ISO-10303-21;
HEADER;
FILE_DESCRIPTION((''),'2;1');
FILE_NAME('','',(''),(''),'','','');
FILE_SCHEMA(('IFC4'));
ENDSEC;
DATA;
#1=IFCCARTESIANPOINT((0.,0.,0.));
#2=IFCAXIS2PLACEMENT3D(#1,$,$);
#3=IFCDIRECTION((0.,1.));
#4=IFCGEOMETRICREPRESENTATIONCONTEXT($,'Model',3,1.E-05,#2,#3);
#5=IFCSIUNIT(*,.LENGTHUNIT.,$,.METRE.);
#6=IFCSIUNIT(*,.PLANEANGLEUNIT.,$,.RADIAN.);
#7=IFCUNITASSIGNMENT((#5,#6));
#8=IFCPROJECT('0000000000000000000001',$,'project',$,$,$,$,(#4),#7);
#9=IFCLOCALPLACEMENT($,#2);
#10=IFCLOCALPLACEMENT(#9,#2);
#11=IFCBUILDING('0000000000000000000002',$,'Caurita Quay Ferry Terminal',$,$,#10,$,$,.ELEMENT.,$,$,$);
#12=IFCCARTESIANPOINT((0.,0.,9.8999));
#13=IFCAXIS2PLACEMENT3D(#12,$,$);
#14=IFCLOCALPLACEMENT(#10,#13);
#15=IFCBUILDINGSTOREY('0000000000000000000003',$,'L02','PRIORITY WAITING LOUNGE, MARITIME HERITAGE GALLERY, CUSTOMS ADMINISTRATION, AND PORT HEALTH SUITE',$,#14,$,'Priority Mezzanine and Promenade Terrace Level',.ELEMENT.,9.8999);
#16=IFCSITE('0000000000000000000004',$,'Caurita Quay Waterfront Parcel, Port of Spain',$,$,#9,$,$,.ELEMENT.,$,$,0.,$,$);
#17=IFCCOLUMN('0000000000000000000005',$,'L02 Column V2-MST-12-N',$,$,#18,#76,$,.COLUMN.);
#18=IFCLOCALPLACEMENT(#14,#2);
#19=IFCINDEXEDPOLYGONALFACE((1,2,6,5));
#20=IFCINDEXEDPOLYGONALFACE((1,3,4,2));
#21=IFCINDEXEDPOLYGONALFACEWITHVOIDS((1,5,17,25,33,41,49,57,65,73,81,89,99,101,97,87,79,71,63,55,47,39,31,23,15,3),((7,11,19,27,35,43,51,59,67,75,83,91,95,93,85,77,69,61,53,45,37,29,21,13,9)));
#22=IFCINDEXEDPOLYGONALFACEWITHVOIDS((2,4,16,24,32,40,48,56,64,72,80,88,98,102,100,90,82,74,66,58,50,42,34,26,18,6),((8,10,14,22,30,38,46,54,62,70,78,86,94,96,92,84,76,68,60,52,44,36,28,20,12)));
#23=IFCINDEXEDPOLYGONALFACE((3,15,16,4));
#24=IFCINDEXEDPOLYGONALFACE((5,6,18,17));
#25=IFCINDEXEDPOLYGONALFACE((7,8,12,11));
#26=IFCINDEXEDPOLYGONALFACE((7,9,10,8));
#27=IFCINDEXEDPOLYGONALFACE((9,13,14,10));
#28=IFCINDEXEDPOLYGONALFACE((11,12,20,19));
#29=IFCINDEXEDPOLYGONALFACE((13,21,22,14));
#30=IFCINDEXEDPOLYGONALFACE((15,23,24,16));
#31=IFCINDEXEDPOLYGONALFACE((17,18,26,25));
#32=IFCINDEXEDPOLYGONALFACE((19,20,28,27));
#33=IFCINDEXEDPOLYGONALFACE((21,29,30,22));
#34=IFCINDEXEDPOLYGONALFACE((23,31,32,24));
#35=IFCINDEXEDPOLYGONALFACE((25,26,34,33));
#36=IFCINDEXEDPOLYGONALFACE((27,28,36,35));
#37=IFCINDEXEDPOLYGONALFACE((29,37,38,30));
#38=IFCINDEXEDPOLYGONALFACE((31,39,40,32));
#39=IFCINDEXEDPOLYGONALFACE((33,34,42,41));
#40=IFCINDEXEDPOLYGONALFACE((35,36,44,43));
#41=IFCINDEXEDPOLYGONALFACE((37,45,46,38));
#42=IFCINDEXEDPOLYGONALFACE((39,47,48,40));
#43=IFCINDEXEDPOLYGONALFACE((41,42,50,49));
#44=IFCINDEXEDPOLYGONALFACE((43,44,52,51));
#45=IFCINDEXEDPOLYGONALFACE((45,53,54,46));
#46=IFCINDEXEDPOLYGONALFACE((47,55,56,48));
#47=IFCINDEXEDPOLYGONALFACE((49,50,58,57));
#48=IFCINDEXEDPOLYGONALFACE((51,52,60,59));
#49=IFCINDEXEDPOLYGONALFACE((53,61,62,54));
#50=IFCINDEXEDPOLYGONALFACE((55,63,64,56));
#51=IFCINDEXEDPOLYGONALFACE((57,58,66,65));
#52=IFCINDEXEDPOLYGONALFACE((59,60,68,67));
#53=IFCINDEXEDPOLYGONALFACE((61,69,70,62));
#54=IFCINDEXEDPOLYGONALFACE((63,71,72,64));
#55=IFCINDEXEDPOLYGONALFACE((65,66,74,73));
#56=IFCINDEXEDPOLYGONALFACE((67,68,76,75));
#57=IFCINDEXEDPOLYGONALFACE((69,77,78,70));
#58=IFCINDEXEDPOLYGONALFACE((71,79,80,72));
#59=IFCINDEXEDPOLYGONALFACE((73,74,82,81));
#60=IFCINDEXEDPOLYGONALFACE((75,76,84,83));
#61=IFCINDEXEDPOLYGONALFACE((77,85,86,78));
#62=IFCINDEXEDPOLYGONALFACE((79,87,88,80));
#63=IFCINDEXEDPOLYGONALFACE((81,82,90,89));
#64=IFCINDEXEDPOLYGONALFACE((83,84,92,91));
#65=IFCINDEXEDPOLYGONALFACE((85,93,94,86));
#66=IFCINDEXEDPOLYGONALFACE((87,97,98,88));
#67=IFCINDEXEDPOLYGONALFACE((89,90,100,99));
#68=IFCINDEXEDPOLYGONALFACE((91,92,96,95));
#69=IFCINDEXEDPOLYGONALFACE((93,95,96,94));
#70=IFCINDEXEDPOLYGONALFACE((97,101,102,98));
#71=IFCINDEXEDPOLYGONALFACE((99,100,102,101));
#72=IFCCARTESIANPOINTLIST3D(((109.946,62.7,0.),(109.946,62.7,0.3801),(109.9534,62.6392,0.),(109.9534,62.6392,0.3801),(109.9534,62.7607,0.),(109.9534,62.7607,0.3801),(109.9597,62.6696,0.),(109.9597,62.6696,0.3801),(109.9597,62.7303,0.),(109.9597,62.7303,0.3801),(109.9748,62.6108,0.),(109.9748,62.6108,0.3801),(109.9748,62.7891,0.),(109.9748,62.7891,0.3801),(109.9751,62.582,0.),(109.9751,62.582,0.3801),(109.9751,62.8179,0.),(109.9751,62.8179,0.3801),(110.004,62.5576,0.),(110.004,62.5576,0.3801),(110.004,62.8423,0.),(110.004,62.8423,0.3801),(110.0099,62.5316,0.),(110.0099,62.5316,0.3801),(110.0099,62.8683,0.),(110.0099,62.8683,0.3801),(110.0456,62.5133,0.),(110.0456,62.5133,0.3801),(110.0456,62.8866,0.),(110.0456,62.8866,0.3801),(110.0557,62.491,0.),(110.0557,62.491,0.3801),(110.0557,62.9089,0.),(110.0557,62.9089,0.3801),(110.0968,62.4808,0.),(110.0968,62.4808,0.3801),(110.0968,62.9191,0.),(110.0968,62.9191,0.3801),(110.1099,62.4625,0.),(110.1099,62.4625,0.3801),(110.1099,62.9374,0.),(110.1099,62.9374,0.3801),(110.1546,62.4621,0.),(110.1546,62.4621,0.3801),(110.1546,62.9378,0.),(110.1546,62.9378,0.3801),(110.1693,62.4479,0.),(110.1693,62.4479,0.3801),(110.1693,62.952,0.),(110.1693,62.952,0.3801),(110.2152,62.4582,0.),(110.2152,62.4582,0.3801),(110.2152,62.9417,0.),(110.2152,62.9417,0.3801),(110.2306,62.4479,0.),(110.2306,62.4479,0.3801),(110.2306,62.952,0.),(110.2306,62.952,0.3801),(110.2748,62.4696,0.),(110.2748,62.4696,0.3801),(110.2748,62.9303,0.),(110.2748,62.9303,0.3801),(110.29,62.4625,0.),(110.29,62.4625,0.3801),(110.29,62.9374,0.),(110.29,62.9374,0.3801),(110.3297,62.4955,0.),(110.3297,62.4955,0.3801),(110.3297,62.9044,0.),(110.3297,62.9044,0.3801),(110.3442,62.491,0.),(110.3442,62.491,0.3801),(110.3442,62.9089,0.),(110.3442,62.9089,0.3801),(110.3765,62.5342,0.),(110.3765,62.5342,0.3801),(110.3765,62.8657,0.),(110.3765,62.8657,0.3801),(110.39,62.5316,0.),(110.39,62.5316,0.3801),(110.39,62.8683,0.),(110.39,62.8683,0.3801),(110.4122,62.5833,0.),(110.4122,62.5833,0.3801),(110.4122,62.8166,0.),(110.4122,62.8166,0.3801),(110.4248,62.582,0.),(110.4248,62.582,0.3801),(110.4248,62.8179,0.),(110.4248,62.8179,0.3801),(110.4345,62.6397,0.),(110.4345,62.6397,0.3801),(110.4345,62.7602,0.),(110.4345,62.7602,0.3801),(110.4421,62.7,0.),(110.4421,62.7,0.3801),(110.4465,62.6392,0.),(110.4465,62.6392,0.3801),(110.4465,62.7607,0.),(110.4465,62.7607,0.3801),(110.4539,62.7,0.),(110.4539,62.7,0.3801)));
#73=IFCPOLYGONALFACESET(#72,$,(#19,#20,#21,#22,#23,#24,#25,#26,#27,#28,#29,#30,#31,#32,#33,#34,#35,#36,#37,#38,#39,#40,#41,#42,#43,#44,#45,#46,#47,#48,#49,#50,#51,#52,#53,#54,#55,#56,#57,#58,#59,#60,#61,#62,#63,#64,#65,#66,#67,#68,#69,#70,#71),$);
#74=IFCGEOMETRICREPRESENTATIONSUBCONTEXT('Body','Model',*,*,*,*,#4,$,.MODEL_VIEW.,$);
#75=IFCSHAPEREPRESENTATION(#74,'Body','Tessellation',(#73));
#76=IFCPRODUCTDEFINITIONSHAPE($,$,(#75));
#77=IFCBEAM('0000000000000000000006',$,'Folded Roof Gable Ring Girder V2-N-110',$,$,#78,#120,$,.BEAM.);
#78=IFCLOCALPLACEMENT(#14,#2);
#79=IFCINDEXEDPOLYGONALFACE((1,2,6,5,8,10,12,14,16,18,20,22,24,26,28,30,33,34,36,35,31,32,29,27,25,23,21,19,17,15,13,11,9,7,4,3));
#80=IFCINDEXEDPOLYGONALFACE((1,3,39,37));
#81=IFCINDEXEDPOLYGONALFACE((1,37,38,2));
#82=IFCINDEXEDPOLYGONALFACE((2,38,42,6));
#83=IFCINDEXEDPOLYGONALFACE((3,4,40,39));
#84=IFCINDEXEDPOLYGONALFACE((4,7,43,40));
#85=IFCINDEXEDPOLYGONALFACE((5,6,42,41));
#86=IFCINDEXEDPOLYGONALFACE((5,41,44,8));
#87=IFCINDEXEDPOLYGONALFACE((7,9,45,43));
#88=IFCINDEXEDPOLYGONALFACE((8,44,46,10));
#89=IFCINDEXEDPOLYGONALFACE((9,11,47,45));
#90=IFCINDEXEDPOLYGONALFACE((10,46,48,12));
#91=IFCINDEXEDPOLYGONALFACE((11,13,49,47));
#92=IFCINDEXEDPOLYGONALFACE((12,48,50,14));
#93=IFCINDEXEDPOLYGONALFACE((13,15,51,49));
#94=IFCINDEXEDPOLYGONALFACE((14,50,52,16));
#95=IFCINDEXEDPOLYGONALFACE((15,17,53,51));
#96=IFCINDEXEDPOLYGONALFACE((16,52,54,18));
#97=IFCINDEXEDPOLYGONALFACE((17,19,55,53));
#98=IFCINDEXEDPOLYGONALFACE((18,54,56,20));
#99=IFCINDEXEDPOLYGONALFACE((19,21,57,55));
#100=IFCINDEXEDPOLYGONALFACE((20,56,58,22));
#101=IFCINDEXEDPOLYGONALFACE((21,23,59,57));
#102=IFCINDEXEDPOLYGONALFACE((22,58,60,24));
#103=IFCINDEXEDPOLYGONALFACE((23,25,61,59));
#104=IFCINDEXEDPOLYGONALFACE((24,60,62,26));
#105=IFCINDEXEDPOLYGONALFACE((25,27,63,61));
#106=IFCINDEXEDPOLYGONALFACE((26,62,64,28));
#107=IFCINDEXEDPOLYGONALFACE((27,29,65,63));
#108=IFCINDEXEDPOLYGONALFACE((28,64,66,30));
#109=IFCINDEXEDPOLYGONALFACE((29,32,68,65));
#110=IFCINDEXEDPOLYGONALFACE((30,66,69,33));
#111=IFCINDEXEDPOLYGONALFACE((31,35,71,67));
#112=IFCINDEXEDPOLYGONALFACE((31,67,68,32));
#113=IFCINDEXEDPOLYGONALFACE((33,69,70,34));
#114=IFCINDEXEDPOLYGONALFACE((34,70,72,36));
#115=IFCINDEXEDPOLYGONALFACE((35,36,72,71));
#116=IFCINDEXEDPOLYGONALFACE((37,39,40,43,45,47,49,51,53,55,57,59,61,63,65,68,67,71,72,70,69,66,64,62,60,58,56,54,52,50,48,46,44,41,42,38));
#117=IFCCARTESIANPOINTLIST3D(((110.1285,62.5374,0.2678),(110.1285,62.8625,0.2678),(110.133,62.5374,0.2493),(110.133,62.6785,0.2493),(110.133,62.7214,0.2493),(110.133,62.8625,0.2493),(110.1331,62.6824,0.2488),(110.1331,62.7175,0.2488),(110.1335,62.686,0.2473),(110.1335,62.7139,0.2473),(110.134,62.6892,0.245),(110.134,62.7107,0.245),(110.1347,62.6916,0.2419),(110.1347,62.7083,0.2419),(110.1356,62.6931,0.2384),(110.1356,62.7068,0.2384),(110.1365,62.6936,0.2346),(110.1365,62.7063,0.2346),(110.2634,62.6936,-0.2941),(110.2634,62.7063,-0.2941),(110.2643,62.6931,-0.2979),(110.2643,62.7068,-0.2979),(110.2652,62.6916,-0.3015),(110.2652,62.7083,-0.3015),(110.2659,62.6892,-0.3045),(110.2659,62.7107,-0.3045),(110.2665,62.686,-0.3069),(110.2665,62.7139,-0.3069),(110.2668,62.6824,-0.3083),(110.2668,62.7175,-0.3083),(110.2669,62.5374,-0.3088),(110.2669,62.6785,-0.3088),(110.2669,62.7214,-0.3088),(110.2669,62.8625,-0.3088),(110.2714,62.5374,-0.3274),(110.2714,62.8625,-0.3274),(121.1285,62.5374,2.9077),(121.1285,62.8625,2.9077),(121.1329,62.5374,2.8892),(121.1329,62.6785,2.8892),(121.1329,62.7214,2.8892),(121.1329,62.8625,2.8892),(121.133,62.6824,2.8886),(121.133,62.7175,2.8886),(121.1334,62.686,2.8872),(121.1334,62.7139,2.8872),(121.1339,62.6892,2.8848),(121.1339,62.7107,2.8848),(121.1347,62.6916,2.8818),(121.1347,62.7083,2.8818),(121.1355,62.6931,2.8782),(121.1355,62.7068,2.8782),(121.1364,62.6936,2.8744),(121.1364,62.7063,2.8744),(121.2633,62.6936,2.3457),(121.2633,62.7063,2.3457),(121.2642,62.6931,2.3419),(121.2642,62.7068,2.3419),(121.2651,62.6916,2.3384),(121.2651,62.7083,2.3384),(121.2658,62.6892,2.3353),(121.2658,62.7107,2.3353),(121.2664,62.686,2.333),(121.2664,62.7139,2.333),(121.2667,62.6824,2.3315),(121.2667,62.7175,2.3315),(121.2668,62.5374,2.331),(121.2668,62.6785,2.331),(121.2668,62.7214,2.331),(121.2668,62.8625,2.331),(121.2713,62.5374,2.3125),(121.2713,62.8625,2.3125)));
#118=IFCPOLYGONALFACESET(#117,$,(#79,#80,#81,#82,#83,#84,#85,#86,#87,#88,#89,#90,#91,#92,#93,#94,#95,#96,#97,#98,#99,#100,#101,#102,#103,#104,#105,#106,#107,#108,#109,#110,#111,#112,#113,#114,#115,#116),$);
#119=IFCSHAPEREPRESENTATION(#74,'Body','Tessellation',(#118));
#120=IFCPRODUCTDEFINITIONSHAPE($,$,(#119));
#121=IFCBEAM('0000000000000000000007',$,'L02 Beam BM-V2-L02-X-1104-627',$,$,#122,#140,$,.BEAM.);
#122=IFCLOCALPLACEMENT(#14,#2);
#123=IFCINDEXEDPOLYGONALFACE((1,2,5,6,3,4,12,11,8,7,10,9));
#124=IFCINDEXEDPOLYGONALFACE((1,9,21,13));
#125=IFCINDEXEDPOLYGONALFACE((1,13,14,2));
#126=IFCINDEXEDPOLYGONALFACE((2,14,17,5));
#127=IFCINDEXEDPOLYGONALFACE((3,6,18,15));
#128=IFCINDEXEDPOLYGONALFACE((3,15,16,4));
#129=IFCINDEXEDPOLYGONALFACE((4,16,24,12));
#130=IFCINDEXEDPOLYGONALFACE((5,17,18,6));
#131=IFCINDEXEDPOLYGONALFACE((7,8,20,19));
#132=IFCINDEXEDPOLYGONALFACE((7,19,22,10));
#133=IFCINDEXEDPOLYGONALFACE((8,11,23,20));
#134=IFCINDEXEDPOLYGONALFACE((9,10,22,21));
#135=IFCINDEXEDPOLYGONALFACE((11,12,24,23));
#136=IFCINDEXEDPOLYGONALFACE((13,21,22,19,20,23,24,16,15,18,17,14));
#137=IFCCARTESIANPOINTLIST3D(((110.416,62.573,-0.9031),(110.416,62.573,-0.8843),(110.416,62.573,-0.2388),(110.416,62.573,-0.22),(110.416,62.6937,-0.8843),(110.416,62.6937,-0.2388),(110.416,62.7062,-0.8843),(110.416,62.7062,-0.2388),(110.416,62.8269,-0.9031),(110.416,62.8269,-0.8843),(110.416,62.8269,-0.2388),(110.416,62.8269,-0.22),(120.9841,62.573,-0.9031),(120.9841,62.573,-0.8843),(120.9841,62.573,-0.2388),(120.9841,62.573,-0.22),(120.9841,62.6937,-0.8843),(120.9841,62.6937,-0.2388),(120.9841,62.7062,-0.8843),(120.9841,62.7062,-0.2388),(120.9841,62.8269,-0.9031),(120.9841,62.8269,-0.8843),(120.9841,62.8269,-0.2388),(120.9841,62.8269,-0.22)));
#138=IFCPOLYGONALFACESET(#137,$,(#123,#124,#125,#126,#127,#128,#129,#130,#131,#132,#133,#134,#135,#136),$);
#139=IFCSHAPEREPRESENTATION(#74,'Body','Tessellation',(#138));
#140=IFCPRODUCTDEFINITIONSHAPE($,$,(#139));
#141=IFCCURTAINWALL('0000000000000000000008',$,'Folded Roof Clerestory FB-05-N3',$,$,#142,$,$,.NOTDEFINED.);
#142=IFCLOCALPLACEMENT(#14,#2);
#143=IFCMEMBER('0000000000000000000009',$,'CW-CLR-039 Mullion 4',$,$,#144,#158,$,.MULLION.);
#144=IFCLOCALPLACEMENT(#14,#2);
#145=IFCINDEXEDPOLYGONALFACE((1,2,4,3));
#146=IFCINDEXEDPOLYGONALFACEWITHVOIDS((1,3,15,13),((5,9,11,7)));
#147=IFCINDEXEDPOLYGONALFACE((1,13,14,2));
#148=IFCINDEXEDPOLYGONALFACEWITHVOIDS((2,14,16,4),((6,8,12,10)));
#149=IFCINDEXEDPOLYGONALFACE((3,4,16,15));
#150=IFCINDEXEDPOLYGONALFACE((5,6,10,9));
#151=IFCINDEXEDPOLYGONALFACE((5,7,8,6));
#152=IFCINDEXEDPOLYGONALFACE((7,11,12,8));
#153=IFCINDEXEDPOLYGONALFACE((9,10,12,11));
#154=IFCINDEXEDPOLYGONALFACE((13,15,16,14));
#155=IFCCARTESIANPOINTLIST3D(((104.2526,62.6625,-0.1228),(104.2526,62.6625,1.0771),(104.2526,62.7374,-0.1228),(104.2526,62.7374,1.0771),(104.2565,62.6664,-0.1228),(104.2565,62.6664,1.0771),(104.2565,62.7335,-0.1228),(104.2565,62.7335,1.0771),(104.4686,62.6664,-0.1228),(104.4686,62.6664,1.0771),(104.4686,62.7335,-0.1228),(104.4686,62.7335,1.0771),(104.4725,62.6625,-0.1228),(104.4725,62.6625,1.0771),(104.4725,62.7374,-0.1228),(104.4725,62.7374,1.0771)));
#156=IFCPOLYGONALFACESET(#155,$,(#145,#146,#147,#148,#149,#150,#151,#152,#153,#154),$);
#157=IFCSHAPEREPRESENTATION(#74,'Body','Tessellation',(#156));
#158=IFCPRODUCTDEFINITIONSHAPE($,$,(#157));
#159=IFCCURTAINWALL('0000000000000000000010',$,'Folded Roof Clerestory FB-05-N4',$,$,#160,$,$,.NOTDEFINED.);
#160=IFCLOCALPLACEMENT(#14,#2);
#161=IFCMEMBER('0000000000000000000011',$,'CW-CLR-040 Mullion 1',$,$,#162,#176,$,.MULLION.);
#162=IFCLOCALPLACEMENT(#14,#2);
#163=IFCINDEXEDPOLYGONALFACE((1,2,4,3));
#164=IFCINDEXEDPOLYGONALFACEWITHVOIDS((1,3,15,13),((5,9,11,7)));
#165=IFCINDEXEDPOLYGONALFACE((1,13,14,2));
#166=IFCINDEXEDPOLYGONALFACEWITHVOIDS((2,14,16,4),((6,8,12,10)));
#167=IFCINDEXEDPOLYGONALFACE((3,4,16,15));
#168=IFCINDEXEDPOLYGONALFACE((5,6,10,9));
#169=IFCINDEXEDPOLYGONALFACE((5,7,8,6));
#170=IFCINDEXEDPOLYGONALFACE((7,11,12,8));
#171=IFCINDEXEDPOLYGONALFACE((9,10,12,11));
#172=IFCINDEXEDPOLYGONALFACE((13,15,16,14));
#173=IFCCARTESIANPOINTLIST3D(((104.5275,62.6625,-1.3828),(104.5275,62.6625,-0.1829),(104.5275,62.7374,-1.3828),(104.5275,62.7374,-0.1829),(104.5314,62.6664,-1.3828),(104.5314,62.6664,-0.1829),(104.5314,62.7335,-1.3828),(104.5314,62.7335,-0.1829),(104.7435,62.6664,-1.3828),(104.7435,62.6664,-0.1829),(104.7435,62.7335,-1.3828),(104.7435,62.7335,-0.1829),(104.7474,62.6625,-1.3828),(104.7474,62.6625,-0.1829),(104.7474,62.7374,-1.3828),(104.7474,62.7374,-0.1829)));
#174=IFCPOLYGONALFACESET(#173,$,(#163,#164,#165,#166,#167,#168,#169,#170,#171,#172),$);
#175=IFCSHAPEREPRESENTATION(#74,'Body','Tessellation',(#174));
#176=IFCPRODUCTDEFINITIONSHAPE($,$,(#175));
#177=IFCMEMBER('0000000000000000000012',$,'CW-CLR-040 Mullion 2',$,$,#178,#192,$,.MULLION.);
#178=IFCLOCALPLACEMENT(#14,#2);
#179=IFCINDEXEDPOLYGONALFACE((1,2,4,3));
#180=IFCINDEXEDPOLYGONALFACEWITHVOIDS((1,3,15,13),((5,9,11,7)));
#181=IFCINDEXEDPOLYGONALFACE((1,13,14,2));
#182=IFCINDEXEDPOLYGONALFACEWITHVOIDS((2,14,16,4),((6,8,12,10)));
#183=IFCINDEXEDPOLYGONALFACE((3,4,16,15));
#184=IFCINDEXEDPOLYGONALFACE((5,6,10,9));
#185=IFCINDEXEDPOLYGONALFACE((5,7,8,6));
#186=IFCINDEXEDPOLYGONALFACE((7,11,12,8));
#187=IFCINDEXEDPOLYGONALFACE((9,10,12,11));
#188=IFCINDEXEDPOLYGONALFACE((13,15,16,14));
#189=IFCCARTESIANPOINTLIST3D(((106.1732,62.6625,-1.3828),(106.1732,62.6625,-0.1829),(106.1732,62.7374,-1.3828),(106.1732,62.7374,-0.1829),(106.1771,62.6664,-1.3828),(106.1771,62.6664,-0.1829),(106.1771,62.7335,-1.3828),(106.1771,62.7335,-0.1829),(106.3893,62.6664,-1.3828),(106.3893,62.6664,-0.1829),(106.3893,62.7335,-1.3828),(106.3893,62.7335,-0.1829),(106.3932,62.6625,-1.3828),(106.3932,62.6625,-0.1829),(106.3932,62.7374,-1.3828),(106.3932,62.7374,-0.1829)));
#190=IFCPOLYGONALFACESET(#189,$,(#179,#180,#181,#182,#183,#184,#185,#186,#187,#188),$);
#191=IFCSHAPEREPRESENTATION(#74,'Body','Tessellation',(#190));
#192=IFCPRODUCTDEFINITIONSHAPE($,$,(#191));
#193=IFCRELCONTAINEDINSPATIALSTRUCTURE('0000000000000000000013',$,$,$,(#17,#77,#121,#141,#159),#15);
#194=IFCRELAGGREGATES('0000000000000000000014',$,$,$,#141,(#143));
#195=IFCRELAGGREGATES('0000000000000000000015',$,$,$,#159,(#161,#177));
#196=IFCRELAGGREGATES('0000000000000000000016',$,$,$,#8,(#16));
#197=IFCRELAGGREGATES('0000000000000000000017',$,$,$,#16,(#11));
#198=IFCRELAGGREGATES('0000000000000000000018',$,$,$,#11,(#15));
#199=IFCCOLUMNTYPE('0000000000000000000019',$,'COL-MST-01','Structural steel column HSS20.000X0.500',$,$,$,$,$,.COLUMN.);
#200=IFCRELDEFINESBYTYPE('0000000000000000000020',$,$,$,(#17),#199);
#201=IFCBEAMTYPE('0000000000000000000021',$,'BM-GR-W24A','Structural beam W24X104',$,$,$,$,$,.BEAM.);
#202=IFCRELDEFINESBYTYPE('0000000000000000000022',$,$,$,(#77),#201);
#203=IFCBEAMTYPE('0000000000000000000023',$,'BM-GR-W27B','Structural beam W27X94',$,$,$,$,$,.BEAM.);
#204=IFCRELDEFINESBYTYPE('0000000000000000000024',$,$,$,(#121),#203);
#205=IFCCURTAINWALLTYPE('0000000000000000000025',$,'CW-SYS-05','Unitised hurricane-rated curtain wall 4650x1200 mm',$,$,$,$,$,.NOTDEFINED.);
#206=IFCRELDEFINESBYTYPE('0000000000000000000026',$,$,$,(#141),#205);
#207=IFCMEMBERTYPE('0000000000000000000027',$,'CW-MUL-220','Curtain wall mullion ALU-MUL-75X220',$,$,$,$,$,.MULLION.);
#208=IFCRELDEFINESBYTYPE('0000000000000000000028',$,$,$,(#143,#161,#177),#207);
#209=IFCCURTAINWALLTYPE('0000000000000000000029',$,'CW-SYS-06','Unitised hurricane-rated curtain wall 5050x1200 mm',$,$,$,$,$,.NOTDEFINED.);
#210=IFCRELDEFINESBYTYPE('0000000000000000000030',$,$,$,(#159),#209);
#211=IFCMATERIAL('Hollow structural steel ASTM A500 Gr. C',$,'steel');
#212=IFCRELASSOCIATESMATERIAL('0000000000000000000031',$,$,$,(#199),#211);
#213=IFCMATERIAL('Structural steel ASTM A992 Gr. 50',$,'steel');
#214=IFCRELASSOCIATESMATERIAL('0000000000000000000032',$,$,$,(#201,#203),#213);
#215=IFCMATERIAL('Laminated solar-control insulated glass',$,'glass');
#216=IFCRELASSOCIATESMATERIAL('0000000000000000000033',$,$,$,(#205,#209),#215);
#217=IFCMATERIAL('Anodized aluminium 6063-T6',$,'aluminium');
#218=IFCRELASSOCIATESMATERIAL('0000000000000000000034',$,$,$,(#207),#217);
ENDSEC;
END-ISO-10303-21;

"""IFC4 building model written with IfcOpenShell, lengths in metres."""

from ifc_helpers import new_model, si_unit, direction, frame, origin, origin_2d, place, context, subcontext, project, spatial, hollow_rectangle, hollow_circle, i_section, extrude, material, material_profile, profile_set, type_object, element, aggregate, save


model = new_model("IFC4")

# Units and contexts
model_context = context("Model", 3, precision=1e-05, world=origin(), true_north=direction((0.0, 1.0)))
body_context = subcontext(model_context, "Body", "Model", "MODEL_VIEW")
ifc_project = project(units=[si_unit("LENGTHUNIT", "METRE"), si_unit("PLANEANGLEUNIT", "RADIAN")], contexts=[model_context])

# Site, building, storey
site_placement = place(None, origin())
site = spatial("IfcSite", under=ifc_project, at=site_placement, Name="Caurita Quay Waterfront Parcel, Port of Spain", CompositionType="ELEMENT", RefElevation=0.0)
building_placement = place(site_placement, origin())
building = spatial("IfcBuilding", under=site, at=building_placement, Name="Caurita Quay Ferry Terminal", CompositionType="ELEMENT")
storey_placement = place(building_placement, frame((0.0, 0.0, 9.8999)))
storey = spatial("IfcBuildingStorey", under=building, at=storey_placement, Name="L02", Description="PRIORITY WAITING LOUNGE, MARITIME HERITAGE GALLERY, CUSTOMS ADMINISTRATION, AND PORT HEALTH SUITE", LongName="Priority Mezzanine and Promenade Terrace Level", CompositionType="ELEMENT", Elevation=9.8999)

# Column
ifc_material_1 = material(Name="Hollow structural steel ASTM A500 Gr. C", Category="steel")
ifc_material_profile_1 = material_profile(ifc_material_1, hollow_circle(Radius=0.2539, WallThickness=0.0117, at=origin_2d()), Name="HSS20.000X0.500")
ifc_profile_set_1 = profile_set([ifc_material_profile_1], Name="Hollow structural steel ASTM A500 Gr. C")
column_type = type_object("IfcColumnType", Name="COL-MST-01", Description="Structural steel column HSS20.000X0.500", PredefinedType="COLUMN", material=ifc_profile_set_1)
column_placement = place(storey_placement, frame((110.2, 62.7, 0.0), z_axis=(0.0, 0.0, 1.0), x_axis=(1.0, 0.0, 0.0)))
element("IfcColumn", 1, at=column_placement, inside=storey, type_object=column_type, Name="L02 Column V2-MST-12-N", PredefinedType="COLUMN", context=body_context, shape_type="SweptSolid", body=[
    extrude(hollow_circle(Radius=0.2539, WallThickness=0.0117, at=origin_2d()), origin(), (0.0, 0.0, 1.0), 0.3801),
])

# Beams
ifc_material_2 = material(Name="Structural steel ASTM A992 Gr. 50", Category="steel")
ifc_material_profile_2 = material_profile(ifc_material_2, i_section(OverallWidth=0.3252, OverallDepth=0.6121, WebThickness=0.0127, FlangeThickness=0.019, FilletRadius=0.0151, at=origin_2d()), Name="W24X104")
ifc_profile_set_2 = profile_set([ifc_material_profile_2], Name="Structural steel ASTM A992 Gr. 50")
beam_type_1 = type_object("IfcBeamType", Name="BM-GR-W24A", Description="Structural beam W24X104", PredefinedType="BEAM", material=ifc_profile_set_2)
beam_1_placement = place(storey_placement, frame((110.2, 62.7, -0.0298), z_axis=(0.972389, 0.0, 0.233364), x_axis=(0.0, 1.0, 0.0)))
element("IfcBeam", 2, at=beam_1_placement, inside=storey, type_object=beam_type_1, Name="Folded Roof Gable Ring Girder V2-N-110", PredefinedType="BEAM", context=body_context, shape_type="SweptSolid", body=[
    extrude(i_section(OverallWidth=0.3252, OverallDepth=0.6121, WebThickness=0.0127, FlangeThickness=0.019, FilletRadius=0.0151, at=origin_2d()), origin(), (0.0, 0.0, 1.0), 11.3123),
])
ifc_material_profile_3 = material_profile(ifc_material_2, i_section(OverallWidth=0.2539, OverallDepth=0.6831, WebThickness=0.0125, FlangeThickness=0.0188, at=origin_2d()), Name="W27X94")
ifc_profile_set_3 = profile_set([ifc_material_profile_3], Name="Structural steel ASTM A992 Gr. 50")
beam_type_2 = type_object("IfcBeamType", Name="BM-GR-W27B", Description="Structural beam W27X94", PredefinedType="BEAM", material=ifc_profile_set_3)
beam_2_placement = place(storey_placement, frame((110.416, 62.7, -0.5615), z_axis=(1.0, 0.0, 0.0), x_axis=(0.0, 1.0, 0.0)))
element("IfcBeam", 3, at=beam_2_placement, inside=storey, type_object=beam_type_2, Name="L02 Beam BM-V2-L02-X-1104-627", PredefinedType="BEAM", context=body_context, shape_type="SweptSolid", body=[
    extrude(i_section(OverallWidth=0.2539, OverallDepth=0.6831, WebThickness=0.0125, FlangeThickness=0.0188, at=origin_2d()), origin(), (0.0, 0.0, 1.0), 10.5681),
])

# Curtain wall, member
ifc_material_3 = material(Name="Laminated solar-control insulated glass", Category="glass")
curtain_wall_type_1 = type_object("IfcCurtainWallType", Name="CW-SYS-05", Description="Unitised hurricane-rated curtain wall 4650x1200 mm", PredefinedType="NOTDEFINED", material=ifc_material_3)
curtain_wall_1_placement = place(storey_placement, origin())
curtain_wall_1 = element("IfcCurtainWall", 4, at=curtain_wall_1_placement, inside=storey, type_object=curtain_wall_type_1, Name="Folded Roof Clerestory FB-05-N3", PredefinedType="NOTDEFINED")
ifc_material_4 = material(Name="Anodized aluminium 6063-T6", Category="aluminium")
ifc_material_profile_4 = material_profile(ifc_material_4, hollow_rectangle(XDim=0.075, YDim=0.22, WallThickness=0.0039, at=origin_2d()), Name="ALU-MUL-75X220")
ifc_profile_set_4 = profile_set([ifc_material_profile_4], Name="Anodized aluminium 6063-T6")
member_type_1 = type_object("IfcMemberType", Name="CW-MUL-220", Description="Curtain wall mullion ALU-MUL-75X220", PredefinedType="MULLION", material=ifc_profile_set_4)
member_1_placement = place(storey_placement, frame((104.3625, 62.7, -0.1228), z_axis=(0.0, 0.0, 1.0), x_axis=(0.0, 1.0, 0.0)))
member_1 = element("IfcMember", 5, at=member_1_placement, type_object=member_type_1, Name="CW-CLR-039 Mullion 4", PredefinedType="MULLION", context=body_context, shape_type="SweptSolid", body=[
    extrude(hollow_rectangle(XDim=0.075, YDim=0.22, WallThickness=0.0039, at=origin_2d()), origin(), (0.0, 0.0, 1.0), 1.2),
])
aggregate(curtain_wall_1, [member_1])

# Curtain wall, members
curtain_wall_type_2 = type_object("IfcCurtainWallType", Name="CW-SYS-06", Description="Unitised hurricane-rated curtain wall 5050x1200 mm", PredefinedType="NOTDEFINED", material=ifc_material_3)
curtain_wall_2_placement = place(storey_placement, origin())
curtain_wall_2 = element("IfcCurtainWall", 6, at=curtain_wall_2_placement, inside=storey, type_object=curtain_wall_type_2, Name="Folded Roof Clerestory FB-05-N4", PredefinedType="NOTDEFINED")
member_2_placement = place(storey_placement, frame((104.6375, 62.7, -1.3828), z_axis=(0.0, 0.0, 1.0), x_axis=(0.0, 1.0, 0.0)))
member_2 = element("IfcMember", 7, at=member_2_placement, type_object=member_type_1, Name="CW-CLR-040 Mullion 1", PredefinedType="MULLION", context=body_context, shape_type="SweptSolid", body=[
    extrude(hollow_rectangle(XDim=0.075, YDim=0.22, WallThickness=0.0039, at=origin_2d()), origin(), (0.0, 0.0, 1.0), 1.2),
])
member_3_placement = place(storey_placement, frame((106.2832, 62.7, -1.3828), z_axis=(0.0, 0.0, 1.0), x_axis=(0.0, 1.0, 0.0)))
member_3 = element("IfcMember", 8, at=member_3_placement, type_object=member_type_1, Name="CW-CLR-040 Mullion 2", PredefinedType="MULLION", context=body_context, shape_type="SweptSolid", body=[
    extrude(hollow_rectangle(XDim=0.075, YDim=0.22, WallThickness=0.0039, at=origin_2d()), origin(), (0.0, 0.0, 1.0), 1.2),
])

aggregate(curtain_wall_2, [member_2, member_3])

save(model, "model.ifc")
